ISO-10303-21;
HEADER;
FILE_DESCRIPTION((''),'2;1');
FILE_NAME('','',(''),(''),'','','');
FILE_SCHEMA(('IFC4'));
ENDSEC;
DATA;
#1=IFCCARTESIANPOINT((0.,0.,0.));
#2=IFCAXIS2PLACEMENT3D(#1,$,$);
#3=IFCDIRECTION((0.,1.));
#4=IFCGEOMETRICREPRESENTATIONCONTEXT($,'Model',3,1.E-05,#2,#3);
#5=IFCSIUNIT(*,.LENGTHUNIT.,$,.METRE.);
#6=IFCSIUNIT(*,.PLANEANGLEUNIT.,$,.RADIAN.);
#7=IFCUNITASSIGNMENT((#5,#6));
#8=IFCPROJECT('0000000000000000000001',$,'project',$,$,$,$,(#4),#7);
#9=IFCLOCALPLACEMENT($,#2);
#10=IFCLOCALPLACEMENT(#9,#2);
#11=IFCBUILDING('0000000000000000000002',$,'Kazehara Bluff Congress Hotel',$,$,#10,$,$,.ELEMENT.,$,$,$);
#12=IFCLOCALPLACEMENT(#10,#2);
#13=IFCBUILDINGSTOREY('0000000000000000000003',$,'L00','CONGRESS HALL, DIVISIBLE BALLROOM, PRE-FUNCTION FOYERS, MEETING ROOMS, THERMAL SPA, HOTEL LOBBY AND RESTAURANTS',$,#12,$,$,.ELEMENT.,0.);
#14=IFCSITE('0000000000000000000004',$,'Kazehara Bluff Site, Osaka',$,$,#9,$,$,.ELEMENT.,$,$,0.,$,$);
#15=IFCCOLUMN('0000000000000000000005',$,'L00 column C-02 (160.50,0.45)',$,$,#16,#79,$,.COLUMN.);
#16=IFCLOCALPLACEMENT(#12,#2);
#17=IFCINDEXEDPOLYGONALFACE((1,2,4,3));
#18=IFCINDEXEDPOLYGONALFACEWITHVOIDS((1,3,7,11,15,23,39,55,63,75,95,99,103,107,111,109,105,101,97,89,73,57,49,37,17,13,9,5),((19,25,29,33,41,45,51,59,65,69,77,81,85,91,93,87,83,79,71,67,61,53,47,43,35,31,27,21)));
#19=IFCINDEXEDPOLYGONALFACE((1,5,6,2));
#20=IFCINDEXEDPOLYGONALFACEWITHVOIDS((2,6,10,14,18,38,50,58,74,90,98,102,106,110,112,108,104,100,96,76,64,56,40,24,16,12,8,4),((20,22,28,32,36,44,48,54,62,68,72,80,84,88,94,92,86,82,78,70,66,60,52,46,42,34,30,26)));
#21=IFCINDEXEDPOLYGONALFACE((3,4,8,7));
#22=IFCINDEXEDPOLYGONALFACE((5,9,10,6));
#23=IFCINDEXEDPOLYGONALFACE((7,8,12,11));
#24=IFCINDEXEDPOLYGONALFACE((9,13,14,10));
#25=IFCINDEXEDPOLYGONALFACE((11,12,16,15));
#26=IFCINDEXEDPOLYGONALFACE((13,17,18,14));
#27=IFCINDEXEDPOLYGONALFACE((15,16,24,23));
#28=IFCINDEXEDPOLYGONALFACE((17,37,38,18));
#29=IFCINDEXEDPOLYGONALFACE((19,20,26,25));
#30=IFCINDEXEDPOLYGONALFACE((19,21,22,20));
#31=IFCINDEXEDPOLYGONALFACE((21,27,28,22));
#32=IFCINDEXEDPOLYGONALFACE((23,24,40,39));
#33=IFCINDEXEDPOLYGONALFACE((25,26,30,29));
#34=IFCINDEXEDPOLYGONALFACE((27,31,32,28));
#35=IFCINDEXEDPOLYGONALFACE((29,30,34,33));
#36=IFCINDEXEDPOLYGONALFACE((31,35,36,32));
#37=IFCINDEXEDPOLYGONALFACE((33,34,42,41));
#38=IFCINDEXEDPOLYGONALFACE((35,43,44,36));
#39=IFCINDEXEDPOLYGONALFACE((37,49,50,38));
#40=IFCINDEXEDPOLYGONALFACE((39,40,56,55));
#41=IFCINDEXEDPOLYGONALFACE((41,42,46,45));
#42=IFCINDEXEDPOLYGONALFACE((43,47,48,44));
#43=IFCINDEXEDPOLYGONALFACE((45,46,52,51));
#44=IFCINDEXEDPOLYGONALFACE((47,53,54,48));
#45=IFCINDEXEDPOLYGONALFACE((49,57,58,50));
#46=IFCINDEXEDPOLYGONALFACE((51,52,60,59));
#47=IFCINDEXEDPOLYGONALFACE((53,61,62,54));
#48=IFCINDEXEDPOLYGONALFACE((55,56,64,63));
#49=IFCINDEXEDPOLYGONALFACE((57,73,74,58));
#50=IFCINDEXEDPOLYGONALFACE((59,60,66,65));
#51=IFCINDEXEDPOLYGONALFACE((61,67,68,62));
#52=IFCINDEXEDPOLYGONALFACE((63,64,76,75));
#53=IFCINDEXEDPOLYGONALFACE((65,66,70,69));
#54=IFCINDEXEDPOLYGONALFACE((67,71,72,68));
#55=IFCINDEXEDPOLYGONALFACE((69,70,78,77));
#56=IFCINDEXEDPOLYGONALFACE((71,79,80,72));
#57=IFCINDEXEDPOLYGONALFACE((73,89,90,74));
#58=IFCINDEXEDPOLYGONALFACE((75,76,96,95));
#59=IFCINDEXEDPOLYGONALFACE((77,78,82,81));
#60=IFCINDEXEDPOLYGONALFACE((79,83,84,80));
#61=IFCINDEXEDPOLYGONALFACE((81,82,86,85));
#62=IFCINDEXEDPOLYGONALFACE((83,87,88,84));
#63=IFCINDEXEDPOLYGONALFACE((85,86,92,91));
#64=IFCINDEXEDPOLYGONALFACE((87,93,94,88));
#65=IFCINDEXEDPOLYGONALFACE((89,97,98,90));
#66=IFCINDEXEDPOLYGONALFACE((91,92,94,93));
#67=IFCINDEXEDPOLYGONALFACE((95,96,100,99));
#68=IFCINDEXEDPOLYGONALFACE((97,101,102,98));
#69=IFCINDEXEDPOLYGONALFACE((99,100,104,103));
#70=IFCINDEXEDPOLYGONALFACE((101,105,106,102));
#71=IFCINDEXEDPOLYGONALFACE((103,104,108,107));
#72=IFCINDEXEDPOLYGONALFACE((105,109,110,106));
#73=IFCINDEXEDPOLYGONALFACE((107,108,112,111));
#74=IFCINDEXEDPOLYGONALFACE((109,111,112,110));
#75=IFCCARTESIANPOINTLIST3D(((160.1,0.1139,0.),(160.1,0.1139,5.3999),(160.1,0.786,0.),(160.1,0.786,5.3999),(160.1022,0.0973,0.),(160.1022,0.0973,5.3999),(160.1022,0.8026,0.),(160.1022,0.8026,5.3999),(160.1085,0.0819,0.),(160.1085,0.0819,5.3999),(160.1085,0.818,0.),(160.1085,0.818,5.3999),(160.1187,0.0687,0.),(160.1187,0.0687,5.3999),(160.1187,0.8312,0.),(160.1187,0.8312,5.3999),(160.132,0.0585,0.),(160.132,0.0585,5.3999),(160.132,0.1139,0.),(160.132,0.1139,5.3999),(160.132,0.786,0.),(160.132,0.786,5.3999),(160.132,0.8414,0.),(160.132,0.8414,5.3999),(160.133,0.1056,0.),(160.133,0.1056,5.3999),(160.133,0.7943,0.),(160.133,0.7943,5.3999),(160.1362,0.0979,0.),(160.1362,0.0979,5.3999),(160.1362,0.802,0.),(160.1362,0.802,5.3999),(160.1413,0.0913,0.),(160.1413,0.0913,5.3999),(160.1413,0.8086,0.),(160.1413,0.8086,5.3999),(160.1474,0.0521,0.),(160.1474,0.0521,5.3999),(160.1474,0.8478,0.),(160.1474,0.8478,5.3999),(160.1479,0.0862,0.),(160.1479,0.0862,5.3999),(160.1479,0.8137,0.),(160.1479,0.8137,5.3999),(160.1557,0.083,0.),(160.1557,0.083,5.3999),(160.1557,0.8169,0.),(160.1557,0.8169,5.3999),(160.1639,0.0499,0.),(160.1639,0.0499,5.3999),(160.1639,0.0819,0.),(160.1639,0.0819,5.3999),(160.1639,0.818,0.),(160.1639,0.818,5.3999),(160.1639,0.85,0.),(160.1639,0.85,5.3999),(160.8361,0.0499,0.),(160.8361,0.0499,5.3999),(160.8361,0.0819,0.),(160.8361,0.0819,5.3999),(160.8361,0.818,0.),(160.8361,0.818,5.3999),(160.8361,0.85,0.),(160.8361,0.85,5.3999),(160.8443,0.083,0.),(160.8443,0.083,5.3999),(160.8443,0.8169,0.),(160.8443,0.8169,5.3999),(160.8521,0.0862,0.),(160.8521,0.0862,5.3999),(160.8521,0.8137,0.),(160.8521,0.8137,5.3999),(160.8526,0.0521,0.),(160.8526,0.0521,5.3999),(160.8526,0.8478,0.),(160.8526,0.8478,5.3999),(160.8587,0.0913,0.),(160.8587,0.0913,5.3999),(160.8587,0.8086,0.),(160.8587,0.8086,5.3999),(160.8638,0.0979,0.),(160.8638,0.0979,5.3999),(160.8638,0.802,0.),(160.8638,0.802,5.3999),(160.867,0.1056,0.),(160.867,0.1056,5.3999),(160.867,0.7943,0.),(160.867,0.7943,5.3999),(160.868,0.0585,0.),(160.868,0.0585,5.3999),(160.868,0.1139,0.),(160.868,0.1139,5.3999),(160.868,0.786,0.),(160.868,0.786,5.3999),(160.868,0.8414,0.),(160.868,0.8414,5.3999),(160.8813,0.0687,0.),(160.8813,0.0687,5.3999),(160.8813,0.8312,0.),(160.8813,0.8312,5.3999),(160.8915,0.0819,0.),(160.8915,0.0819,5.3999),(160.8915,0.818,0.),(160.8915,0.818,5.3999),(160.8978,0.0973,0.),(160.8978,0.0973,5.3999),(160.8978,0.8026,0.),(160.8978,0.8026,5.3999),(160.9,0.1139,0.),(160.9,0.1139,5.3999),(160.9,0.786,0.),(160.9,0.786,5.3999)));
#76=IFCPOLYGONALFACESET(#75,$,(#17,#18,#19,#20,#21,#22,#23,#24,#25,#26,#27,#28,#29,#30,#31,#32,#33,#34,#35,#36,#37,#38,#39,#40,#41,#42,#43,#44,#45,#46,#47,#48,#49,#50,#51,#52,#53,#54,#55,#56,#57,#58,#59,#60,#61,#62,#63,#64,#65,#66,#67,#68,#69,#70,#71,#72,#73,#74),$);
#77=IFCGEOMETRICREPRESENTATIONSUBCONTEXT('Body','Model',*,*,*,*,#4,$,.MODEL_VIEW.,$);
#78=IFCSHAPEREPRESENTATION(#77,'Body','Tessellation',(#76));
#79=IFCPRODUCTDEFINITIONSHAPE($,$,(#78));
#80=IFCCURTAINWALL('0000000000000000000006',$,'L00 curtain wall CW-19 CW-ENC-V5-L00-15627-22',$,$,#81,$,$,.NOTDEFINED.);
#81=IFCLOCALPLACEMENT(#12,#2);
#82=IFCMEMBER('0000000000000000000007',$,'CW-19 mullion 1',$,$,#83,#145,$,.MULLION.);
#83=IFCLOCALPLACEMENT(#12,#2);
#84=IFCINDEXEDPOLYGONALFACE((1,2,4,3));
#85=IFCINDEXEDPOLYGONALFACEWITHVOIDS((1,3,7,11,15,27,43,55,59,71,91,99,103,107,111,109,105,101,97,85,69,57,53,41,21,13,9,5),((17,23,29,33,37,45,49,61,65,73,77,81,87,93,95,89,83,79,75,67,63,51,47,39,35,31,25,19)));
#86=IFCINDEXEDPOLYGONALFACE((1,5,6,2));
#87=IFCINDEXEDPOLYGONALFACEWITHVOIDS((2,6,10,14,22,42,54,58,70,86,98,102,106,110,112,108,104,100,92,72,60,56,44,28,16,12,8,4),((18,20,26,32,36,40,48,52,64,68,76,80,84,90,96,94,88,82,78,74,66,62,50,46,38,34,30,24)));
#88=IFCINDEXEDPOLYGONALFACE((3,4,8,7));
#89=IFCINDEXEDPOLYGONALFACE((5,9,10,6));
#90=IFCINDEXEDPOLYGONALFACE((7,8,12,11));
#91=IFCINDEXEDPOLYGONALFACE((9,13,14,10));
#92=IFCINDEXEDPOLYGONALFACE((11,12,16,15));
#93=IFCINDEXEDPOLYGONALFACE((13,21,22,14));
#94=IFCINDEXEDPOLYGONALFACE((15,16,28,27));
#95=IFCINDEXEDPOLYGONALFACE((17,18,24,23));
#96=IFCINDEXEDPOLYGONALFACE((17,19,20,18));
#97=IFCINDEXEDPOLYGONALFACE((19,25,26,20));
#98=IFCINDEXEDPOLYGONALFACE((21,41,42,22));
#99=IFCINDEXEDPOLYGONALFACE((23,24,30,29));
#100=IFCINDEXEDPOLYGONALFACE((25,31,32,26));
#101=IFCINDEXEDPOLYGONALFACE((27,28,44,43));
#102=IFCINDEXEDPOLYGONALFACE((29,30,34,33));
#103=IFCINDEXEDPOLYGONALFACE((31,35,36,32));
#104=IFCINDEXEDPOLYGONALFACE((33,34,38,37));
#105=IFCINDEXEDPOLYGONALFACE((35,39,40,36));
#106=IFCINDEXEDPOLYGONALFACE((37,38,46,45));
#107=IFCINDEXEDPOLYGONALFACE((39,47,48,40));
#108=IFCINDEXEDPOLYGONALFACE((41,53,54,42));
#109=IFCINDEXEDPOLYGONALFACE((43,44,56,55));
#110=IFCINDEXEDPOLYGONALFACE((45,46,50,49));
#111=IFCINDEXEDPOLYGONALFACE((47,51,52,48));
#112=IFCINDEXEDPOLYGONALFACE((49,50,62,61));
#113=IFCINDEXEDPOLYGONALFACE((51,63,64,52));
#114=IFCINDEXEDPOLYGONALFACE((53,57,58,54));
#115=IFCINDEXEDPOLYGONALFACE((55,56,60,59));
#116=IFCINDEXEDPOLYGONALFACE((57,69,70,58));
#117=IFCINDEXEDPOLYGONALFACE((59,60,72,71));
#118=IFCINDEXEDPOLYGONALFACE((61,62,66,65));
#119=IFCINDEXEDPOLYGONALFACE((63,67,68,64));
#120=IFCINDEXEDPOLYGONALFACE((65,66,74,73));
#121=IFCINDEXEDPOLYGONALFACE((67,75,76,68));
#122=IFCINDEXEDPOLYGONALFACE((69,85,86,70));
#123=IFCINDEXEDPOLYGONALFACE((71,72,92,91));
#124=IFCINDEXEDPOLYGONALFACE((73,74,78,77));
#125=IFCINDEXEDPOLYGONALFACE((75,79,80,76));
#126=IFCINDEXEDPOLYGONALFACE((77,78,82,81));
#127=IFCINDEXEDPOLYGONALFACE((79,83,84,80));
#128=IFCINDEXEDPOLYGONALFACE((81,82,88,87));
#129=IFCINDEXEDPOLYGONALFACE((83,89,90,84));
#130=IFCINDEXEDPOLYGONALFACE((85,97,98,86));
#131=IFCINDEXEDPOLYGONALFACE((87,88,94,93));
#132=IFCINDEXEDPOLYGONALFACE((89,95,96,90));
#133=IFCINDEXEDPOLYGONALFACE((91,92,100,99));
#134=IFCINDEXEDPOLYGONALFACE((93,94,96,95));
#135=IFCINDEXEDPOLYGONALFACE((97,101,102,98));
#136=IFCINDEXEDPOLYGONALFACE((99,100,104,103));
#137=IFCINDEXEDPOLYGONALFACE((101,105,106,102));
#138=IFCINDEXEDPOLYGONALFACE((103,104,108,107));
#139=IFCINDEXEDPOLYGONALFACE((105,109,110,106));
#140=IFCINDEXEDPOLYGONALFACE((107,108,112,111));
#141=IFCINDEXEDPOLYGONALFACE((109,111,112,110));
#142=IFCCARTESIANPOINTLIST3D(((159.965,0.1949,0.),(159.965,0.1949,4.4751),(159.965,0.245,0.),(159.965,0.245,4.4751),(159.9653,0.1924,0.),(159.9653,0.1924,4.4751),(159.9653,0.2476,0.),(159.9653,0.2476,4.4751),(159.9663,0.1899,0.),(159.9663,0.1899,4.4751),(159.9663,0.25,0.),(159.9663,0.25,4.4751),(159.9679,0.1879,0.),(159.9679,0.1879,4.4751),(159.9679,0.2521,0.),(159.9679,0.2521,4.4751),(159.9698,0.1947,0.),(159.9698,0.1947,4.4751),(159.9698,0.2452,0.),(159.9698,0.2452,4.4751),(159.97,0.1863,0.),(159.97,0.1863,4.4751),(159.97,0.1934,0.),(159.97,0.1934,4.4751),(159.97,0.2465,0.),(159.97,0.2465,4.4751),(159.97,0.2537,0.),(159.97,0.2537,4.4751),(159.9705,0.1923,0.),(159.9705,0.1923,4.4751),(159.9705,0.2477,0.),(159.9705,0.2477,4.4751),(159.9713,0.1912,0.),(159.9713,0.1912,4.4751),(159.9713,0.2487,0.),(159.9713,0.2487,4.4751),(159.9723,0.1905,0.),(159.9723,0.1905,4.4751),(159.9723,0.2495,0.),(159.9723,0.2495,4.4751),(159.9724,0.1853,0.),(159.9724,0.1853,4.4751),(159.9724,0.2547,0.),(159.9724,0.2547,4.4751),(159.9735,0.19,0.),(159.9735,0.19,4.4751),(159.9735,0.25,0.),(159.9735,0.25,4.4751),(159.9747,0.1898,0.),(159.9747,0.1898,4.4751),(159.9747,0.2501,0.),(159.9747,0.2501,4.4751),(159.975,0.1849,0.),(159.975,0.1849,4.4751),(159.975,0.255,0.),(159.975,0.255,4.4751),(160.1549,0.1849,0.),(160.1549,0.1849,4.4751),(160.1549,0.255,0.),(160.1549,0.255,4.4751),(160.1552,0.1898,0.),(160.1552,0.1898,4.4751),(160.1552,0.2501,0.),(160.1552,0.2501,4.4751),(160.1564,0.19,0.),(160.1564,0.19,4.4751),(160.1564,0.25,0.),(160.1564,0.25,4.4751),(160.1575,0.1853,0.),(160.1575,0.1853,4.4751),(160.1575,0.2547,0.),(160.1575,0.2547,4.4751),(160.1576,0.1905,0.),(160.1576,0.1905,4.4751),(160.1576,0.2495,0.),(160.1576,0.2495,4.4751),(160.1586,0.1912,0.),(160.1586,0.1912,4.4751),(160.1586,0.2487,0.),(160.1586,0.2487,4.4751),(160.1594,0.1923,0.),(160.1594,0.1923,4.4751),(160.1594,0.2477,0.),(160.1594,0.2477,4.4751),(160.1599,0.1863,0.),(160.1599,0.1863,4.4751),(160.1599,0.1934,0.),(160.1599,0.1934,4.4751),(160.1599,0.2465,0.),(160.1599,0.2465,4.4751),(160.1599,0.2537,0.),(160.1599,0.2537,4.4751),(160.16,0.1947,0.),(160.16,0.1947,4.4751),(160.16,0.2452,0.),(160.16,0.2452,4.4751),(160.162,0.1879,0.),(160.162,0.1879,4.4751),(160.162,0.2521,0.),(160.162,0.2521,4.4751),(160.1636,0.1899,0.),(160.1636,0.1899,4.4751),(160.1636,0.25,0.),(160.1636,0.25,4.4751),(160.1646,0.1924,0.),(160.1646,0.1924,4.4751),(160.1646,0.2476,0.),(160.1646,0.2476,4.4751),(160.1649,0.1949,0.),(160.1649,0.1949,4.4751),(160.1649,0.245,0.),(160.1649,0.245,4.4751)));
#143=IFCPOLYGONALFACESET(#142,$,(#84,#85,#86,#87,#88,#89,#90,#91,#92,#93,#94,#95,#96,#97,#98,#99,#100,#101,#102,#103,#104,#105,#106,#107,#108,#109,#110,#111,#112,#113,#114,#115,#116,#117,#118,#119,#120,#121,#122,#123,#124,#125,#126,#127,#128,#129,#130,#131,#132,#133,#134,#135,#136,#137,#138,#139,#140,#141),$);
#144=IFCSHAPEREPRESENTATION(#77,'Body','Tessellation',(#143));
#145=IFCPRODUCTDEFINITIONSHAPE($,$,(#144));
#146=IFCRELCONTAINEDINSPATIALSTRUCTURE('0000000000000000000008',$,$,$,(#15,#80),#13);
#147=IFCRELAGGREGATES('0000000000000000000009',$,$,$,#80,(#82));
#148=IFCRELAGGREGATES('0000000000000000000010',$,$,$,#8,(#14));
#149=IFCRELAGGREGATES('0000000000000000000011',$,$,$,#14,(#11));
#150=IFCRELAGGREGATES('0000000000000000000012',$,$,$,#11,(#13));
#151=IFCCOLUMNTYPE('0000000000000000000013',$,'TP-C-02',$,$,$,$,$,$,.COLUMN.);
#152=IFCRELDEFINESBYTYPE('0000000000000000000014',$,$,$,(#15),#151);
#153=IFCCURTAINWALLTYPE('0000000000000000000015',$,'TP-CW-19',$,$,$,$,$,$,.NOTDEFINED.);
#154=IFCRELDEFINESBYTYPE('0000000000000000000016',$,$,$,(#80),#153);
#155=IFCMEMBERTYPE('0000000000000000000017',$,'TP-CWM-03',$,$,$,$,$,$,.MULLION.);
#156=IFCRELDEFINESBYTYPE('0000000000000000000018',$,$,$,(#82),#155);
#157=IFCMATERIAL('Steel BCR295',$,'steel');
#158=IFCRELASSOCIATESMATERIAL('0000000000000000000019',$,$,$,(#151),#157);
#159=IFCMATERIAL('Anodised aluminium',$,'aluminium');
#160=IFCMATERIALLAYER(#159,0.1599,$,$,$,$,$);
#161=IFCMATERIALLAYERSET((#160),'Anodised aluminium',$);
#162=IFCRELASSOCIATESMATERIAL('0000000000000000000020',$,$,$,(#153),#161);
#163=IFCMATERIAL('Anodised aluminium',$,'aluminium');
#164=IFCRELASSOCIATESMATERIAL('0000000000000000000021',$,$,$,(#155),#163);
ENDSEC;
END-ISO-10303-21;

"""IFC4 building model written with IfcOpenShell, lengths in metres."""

from ifc_helpers import new_model, si_unit, direction, frame, origin, origin_2d, place, context, subcontext, project, spatial, hollow_rectangle, extrude, material, layer, layer_set, material_profile, profile_set, type_object, element, aggregate, save


model = new_model("IFC4")

# Units and contexts
model_context = context("Model", 3, precision=1e-05, world=origin(), true_north=direction((0.0, 1.0)))
body_context = subcontext(model_context, "Body", "Model", "MODEL_VIEW")
ifc_project = project(units=[si_unit("LENGTHUNIT", "METRE"), si_unit("PLANEANGLEUNIT", "RADIAN")], contexts=[model_context])

# Site, building, storey
site_placement = place(None, origin())
site = spatial("IfcSite", under=ifc_project, at=site_placement, Name="Kazehara Bluff Site, Osaka", CompositionType="ELEMENT", RefElevation=0.0)
building_placement = place(site_placement, origin())
building = spatial("IfcBuilding", under=site, at=building_placement, Name="Kazehara Bluff Congress Hotel", CompositionType="ELEMENT")
storey_placement = place(building_placement, origin())
storey = spatial("IfcBuildingStorey", under=building, at=storey_placement, Name="L00", Description="CONGRESS HALL, DIVISIBLE BALLROOM, PRE-FUNCTION FOYERS, MEETING ROOMS, THERMAL SPA, HOTEL LOBBY AND RESTAURANTS", CompositionType="ELEMENT", Elevation=0.0)

# Column
ifc_material_1 = material(Name="Steel BCR295", Category="steel")
ifc_material_profile_1 = material_profile(ifc_material_1, hollow_rectangle(XDim=0.8, YDim=0.8, WallThickness=0.032, InnerFilletRadius=0.032, OuterFilletRadius=0.064, at=origin_2d()))
ifc_profile_set_1 = profile_set([ifc_material_profile_1], Name="Steel BCR295")
column_type = type_object("IfcColumnType", Name="TP-C-02", PredefinedType="COLUMN", material=ifc_profile_set_1)
column_placement = place(storey_placement, frame((160.5, 0.45, 0.0), z_axis=(0.0, 0.0, 1.0), x_axis=(1.0, 0.0, 0.0)))
element("IfcColumn", 1, at=column_placement, inside=storey, type_object=column_type, Name="L00 column C-02 (160.50,0.45)", PredefinedType="COLUMN", context=body_context, shape_type="SweptSolid", body=[
    extrude(hollow_rectangle(XDim=0.8, YDim=0.8, WallThickness=0.032, InnerFilletRadius=0.032, OuterFilletRadius=0.064, at=origin_2d()), origin(), (0.0, 0.0, 1.0), 5.3999),
])

# Curtain wall, member
ifc_material_2 = material(Name="Anodised aluminium", Category="aluminium")
ifc_layer_1 = layer(ifc_material_2, 0.1599)
ifc_layer_set_1 = layer_set([ifc_layer_1], Name="Anodised aluminium")
curtain_wall_type = type_object("IfcCurtainWallType", Name="TP-CW-19", PredefinedType="NOTDEFINED", material=ifc_layer_set_1)
curtain_wall_placement = place(storey_placement, origin())
curtain_wall = element("IfcCurtainWall", 2, at=curtain_wall_placement, inside=storey, type_object=curtain_wall_type, Name="L00 curtain wall CW-19 CW-ENC-V5-L00-15627-22", PredefinedType="NOTDEFINED")
ifc_material_3 = material(Name="Anodised aluminium", Category="aluminium")
ifc_material_profile_2 = material_profile(ifc_material_3, hollow_rectangle(XDim=0.0701, YDim=0.2, WallThickness=0.0049, InnerFilletRadius=0.0049, OuterFilletRadius=0.01, at=origin_2d()))
ifc_profile_set_2 = profile_set([ifc_material_profile_2], Name="Anodised aluminium")
member_type_1 = type_object("IfcMemberType", Name="TP-CWM-03", PredefinedType="MULLION", material=ifc_profile_set_2)
member_1_placement = place(storey_placement, frame((160.0649, 0.22, 0.0), z_axis=(0.0, 0.0, 1.0), x_axis=(0.0, -1.0, 0.0)))
member_1 = element("IfcMember", 3, at=member_1_placement, type_object=member_type_1, Name="CW-19 mullion 1", PredefinedType="MULLION", context=body_context, shape_type="SweptSolid", body=[
    extrude(hollow_rectangle(XDim=0.0701, YDim=0.2, WallThickness=0.0049, InnerFilletRadius=0.0049, OuterFilletRadius=0.01, at=origin_2d()), origin(), (0.0, 0.0, 1.0), 4.4751),
])

aggregate(curtain_wall, [member_1])

save(model, "model.ifc")
